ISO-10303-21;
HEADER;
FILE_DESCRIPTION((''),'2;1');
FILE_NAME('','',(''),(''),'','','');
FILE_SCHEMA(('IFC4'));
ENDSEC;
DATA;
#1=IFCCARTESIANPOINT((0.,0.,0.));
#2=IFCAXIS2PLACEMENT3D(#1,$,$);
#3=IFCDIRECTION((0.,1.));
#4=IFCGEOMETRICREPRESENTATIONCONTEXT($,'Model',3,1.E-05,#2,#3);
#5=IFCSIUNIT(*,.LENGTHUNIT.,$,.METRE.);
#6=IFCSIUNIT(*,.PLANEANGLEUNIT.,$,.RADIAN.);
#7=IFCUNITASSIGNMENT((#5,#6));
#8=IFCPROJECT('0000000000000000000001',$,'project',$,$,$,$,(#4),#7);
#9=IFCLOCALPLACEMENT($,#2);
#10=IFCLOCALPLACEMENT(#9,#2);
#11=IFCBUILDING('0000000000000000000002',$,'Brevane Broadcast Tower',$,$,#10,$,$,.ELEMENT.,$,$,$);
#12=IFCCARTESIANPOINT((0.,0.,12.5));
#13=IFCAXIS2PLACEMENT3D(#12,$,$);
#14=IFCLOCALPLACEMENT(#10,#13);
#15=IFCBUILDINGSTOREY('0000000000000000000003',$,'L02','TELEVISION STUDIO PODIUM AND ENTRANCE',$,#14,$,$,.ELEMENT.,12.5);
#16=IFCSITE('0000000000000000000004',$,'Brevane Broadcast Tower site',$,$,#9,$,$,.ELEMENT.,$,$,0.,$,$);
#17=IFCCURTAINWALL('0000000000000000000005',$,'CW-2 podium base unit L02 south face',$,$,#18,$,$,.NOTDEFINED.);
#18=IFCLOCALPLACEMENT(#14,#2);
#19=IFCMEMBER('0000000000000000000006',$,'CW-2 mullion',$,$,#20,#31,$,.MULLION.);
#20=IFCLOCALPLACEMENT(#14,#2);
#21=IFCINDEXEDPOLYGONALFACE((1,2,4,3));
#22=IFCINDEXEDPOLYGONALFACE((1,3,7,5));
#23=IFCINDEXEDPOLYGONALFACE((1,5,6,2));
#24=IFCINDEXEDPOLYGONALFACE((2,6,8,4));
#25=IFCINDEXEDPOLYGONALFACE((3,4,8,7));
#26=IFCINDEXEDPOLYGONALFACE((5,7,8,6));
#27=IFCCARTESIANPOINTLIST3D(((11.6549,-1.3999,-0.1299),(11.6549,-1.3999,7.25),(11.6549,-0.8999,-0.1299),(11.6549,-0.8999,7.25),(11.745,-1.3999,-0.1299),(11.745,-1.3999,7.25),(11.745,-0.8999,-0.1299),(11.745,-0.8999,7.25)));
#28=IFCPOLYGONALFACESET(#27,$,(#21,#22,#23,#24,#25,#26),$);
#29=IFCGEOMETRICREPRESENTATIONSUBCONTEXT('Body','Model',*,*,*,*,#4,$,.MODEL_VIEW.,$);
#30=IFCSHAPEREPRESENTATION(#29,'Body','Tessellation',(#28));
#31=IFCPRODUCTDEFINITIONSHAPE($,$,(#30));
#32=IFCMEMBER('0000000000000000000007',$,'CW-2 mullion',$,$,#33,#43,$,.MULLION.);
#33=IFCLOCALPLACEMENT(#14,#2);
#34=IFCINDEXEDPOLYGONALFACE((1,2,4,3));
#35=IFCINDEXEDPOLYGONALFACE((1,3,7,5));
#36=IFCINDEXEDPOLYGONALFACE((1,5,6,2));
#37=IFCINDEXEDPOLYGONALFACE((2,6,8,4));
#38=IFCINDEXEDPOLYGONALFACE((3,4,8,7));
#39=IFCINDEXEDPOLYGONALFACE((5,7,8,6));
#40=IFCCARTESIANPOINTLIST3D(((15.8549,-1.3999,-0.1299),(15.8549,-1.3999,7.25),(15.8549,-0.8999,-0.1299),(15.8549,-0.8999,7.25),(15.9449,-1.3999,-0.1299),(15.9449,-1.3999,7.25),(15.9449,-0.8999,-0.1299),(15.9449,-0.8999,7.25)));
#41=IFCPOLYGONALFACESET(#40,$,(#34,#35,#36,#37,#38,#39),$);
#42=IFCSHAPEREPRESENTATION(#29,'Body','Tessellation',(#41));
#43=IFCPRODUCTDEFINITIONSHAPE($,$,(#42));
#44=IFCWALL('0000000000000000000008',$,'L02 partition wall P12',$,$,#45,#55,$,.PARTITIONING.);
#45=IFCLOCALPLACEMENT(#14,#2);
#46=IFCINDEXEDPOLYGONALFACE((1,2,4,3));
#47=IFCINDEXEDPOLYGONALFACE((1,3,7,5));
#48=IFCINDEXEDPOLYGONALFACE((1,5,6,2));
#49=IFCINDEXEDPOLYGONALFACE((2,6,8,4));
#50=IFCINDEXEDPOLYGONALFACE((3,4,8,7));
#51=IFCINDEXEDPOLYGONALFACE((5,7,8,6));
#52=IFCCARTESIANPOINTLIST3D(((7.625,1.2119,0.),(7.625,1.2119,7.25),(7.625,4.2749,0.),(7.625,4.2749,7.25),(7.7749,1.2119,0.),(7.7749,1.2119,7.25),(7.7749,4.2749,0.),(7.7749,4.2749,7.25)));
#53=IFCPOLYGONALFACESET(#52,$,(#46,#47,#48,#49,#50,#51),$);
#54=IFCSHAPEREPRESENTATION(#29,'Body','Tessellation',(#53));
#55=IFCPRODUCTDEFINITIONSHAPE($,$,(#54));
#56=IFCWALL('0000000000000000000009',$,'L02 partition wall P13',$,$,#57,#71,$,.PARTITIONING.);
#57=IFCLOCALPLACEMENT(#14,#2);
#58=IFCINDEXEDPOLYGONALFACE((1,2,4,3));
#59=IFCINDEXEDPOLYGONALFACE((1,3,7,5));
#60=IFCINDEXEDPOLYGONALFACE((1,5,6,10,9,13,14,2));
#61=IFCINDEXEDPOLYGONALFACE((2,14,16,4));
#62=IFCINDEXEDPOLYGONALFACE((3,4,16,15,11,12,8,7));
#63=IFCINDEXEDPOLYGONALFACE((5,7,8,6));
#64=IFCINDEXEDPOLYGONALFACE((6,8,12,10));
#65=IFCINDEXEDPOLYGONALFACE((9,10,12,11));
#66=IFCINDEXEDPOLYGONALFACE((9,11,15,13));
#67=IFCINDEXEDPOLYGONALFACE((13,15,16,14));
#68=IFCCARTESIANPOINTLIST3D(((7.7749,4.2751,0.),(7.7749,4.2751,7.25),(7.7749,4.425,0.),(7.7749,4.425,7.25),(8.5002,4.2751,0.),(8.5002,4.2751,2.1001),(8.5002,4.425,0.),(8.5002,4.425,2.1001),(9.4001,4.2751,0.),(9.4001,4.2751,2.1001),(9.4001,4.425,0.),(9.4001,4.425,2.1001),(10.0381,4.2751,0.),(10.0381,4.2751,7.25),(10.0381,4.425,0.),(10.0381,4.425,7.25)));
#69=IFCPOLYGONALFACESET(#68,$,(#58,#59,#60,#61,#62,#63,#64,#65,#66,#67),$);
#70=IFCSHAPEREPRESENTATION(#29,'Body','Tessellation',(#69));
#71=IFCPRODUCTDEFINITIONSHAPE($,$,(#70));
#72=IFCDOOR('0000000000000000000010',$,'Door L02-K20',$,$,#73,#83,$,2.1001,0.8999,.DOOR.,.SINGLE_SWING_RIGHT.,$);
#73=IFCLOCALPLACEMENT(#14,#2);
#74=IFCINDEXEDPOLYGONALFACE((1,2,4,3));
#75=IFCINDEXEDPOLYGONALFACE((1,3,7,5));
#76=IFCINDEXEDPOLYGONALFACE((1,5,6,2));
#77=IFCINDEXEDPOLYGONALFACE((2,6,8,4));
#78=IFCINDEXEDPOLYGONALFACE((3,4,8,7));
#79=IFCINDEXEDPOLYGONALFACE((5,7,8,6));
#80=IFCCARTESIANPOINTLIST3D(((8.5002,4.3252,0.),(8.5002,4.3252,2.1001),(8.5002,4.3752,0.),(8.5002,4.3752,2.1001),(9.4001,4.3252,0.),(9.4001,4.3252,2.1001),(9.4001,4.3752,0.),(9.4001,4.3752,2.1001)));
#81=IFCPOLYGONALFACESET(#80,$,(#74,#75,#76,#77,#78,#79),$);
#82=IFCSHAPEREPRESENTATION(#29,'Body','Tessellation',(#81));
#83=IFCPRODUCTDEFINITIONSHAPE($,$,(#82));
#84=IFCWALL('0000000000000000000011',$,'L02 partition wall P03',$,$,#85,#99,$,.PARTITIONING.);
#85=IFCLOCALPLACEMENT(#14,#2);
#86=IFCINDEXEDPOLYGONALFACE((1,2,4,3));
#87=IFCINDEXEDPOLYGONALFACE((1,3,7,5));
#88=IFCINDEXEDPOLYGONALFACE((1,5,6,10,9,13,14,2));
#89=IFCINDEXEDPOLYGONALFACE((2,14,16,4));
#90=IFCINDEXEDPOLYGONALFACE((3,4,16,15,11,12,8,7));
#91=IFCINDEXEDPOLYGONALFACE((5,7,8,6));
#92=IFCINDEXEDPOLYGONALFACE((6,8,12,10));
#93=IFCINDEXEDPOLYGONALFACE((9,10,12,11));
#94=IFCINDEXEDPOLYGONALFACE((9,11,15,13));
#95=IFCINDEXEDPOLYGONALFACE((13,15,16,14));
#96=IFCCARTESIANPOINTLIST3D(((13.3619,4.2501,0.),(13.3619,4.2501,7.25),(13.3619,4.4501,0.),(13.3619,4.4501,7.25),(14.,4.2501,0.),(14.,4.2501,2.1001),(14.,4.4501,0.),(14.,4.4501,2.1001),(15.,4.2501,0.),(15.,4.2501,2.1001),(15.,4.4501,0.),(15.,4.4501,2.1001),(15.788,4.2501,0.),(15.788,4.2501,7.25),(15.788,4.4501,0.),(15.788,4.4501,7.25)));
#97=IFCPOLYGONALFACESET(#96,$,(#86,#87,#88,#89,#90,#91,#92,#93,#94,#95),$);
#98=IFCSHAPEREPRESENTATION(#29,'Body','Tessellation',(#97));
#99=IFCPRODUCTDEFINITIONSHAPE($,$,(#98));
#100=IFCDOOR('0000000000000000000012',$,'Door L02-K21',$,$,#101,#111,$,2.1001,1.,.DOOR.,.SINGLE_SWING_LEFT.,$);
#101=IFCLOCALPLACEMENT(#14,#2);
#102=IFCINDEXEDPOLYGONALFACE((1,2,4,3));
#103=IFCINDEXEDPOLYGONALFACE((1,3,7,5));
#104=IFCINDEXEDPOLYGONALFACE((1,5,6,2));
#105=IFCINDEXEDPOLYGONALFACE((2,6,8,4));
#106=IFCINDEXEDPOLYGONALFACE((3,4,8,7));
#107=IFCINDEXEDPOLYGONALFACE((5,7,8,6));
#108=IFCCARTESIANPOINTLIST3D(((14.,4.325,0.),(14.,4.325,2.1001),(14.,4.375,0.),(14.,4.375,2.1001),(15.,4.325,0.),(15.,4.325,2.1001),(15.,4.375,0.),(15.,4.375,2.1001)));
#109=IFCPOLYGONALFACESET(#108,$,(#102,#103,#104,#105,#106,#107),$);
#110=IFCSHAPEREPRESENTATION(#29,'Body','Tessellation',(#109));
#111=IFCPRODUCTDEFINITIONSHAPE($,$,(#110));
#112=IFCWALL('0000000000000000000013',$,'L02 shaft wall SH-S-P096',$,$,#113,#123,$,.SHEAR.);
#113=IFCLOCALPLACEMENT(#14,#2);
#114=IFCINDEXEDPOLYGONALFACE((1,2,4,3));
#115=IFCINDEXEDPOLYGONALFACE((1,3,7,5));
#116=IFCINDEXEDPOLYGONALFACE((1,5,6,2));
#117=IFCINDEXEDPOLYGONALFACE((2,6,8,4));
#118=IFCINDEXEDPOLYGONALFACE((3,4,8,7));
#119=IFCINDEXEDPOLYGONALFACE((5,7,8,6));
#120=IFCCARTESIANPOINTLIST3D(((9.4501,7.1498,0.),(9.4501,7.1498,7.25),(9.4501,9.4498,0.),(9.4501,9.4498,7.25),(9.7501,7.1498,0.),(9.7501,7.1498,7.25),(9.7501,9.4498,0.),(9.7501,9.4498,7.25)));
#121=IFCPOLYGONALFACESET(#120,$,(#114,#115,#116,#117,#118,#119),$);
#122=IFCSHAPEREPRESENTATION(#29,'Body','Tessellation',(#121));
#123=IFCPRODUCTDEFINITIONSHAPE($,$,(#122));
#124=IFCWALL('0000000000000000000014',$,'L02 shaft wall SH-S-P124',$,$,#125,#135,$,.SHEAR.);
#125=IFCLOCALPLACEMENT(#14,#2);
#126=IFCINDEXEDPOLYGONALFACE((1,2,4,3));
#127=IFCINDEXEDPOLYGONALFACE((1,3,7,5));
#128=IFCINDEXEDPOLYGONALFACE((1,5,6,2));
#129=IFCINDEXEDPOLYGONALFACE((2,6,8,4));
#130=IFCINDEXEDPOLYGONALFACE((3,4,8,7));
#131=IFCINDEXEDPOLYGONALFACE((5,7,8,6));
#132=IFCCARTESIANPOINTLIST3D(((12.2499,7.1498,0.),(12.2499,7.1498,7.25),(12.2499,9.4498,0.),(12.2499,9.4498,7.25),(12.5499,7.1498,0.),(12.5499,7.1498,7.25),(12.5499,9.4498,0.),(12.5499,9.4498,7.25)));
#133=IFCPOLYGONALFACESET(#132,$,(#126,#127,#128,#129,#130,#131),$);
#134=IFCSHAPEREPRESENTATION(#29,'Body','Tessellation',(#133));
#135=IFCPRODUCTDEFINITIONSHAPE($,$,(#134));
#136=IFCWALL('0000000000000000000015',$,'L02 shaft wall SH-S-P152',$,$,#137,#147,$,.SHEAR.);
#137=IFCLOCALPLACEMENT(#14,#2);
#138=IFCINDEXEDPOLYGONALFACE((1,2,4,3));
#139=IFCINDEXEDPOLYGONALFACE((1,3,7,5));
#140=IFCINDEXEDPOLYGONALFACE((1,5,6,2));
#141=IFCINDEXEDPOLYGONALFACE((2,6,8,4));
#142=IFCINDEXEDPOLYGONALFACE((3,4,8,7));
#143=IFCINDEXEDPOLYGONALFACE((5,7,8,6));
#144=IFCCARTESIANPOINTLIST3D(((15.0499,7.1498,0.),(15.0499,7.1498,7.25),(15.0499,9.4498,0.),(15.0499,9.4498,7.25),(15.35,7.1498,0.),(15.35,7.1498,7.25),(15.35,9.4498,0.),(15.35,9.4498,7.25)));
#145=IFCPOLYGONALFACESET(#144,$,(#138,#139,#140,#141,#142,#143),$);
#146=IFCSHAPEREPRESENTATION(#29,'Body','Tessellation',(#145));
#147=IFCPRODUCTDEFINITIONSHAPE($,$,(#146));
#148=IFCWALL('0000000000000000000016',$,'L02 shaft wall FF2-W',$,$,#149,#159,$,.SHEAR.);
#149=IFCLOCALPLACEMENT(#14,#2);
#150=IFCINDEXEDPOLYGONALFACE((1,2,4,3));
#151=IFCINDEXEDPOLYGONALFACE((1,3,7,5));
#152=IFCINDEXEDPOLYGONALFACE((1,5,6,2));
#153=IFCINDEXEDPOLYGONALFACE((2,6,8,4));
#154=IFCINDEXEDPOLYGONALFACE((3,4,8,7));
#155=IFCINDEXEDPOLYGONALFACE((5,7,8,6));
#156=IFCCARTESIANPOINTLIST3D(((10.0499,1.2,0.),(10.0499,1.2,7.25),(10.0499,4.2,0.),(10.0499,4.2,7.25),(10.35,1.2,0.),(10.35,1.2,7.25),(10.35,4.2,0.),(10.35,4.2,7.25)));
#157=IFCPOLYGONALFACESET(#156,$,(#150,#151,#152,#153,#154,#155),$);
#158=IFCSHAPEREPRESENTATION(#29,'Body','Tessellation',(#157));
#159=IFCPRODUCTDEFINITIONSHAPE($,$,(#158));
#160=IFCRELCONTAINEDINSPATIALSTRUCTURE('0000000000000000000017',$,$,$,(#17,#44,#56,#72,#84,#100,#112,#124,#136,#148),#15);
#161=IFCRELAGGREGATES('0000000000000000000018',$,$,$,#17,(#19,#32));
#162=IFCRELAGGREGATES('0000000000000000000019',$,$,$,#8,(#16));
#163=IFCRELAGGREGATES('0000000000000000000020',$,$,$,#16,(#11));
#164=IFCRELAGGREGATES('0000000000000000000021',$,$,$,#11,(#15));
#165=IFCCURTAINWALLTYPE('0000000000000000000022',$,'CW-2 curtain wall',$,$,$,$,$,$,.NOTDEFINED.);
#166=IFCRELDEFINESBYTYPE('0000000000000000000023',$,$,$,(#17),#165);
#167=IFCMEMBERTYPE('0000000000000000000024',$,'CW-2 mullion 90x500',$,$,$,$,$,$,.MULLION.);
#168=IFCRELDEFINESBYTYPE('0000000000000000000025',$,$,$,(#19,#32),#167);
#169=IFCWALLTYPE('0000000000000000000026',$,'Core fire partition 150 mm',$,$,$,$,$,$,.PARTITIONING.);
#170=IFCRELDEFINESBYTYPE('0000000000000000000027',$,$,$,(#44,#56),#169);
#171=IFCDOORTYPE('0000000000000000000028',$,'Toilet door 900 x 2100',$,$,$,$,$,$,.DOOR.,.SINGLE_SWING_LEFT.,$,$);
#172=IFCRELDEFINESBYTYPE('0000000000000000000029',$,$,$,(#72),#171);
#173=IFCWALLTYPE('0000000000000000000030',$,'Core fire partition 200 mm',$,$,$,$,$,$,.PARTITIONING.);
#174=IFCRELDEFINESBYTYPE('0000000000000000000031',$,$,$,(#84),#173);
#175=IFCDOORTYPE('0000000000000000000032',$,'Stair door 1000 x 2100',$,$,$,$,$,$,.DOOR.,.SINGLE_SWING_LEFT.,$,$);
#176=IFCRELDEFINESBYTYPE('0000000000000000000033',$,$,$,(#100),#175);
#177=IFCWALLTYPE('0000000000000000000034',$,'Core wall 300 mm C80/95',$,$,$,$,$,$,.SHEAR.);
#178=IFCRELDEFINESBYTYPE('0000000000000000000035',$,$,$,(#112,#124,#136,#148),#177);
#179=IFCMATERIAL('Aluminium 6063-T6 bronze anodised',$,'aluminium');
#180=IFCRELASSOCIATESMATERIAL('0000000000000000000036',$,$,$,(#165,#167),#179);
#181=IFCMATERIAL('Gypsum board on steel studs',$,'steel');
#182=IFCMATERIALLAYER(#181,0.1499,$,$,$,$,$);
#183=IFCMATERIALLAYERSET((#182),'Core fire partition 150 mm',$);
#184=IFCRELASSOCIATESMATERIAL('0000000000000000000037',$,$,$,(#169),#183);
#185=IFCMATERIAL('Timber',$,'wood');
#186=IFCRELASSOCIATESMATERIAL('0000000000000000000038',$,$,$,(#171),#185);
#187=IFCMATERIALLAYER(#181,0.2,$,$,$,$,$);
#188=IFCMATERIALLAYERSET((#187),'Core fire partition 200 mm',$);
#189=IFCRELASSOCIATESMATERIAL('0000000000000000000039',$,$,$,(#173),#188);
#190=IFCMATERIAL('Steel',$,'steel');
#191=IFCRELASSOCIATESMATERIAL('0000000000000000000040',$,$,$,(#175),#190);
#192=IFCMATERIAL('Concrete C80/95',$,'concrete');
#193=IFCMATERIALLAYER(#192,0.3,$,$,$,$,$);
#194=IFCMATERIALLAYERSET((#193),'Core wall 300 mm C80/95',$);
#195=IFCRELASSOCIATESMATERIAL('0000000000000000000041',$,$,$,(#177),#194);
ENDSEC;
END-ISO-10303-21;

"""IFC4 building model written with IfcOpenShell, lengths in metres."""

from ifc_helpers import new_model, si_unit, direction, frame, frame_2d, origin, origin_2d, place, context, subcontext, project, spatial, rectangle, extrude, material, layer, layer_set, material_profile, profile_set, type_object, element, fill, aggregate, save


model = new_model("IFC4")

# Units and contexts
model_context = context("Model", 3, precision=1e-05, world=origin(), true_north=direction((0.0, 1.0)))
body_context = subcontext(model_context, "Body", "Model", "MODEL_VIEW")
ifc_project = project(units=[si_unit("LENGTHUNIT", "METRE"), si_unit("PLANEANGLEUNIT", "RADIAN")], contexts=[model_context])

# Site, building, storey
site_placement = place(None, origin())
site = spatial("IfcSite", under=ifc_project, at=site_placement, Name="Brevane Broadcast Tower site", CompositionType="ELEMENT", RefElevation=0.0)
building_placement = place(site_placement, origin())
building = spatial("IfcBuilding", under=site, at=building_placement, Name="Brevane Broadcast Tower", CompositionType="ELEMENT")
storey_placement = place(building_placement, frame((0.0, 0.0, 12.5)))
storey = spatial("IfcBuildingStorey", under=building, at=storey_placement, Name="L02", Description="TELEVISION STUDIO PODIUM AND ENTRANCE", CompositionType="ELEMENT", Elevation=12.5)

# Curtain wall, members
ifc_material_1 = material(Name="Aluminium 6063-T6 bronze anodised", Category="aluminium")
curtain_wall_type = type_object("IfcCurtainWallType", Name="CW-2 curtain wall", PredefinedType="NOTDEFINED", material=ifc_material_1)
curtain_wall_placement = place(storey_placement, origin())
curtain_wall = element("IfcCurtainWall", 1, at=curtain_wall_placement, inside=storey, type_object=curtain_wall_type, Name="CW-2 podium base unit L02 south face", PredefinedType="NOTDEFINED")
ifc_material_profile = material_profile(ifc_material_1, rectangle(XDim=0.5, YDim=0.0901, at=origin_2d()), Name="RECT 90x500")
ifc_profile_set = profile_set([ifc_material_profile], Name="Aluminium 6063-T6 bronze anodised")
member_type = type_object("IfcMemberType", Name="CW-2 mullion 90x500", PredefinedType="MULLION", material=ifc_profile_set)
member_1_placement = place(storey_placement, frame((11.7, -1.1499, -0.1299), z_axis=(0.0, 0.0, 1.0), x_axis=(0.0, 1.0, 0.0)))
member_1 = element("IfcMember", 2, at=member_1_placement, type_object=member_type, Name="CW-2 mullion", PredefinedType="MULLION", context=body_context, shape_type="SweptSolid", body=[
    extrude(rectangle(XDim=0.5, YDim=0.0901, at=origin_2d()), origin(), (0.0, 0.0, 1.0), 7.3799),
])
member_2_placement = place(storey_placement, frame((15.8999, -1.1499, -0.1299), z_axis=(0.0, 0.0, 1.0), x_axis=(0.0, 1.0, 0.0)))
member_2 = element("IfcMember", 3, at=member_2_placement, type_object=member_type, Name="CW-2 mullion", PredefinedType="MULLION", context=body_context, shape_type="SweptSolid", body=[
    extrude(rectangle(XDim=0.5, YDim=0.0901, at=origin_2d()), origin(), (0.0, 0.0, 1.0), 7.3799),
])
aggregate(curtain_wall, [member_1, member_2])

# Wall
ifc_material_2 = material(Name="Gypsum board on steel studs", Category="steel")
ifc_layer_1 = layer(ifc_material_2, 0.1499)
ifc_layer_set_1 = layer_set([ifc_layer_1], Name="Core fire partition 150 mm")
wall_type_1 = type_object("IfcWallType", Name="Core fire partition 150 mm", PredefinedType="PARTITIONING", material=ifc_layer_set_1)
wall_1_placement = place(storey_placement, frame((7.7, 4.2749, 0.0), z_axis=(0.0, 0.0, 1.0), x_axis=(0.0, -1.0, 0.0)))
element("IfcWall", 4, at=wall_1_placement, inside=storey, type_object=wall_type_1, Name="L02 partition wall P12", PredefinedType="PARTITIONING", context=body_context, shape_type="SweptSolid", body=[
    extrude(rectangle(XDim=3.063, YDim=0.1499, at=frame_2d((1.5315, 0.0))), origin(), (0.0, 0.0, 1.0), 7.25),
])

# Walls, openings, doors
wall_2_placement = place(storey_placement, frame((10.0381, 4.3501, 0.0), z_axis=(0.0, 0.0, 1.0), x_axis=(-1.0, 0.0, 0.0)))
wall_2 = element("IfcWall", 5, at=wall_2_placement, inside=storey, type_object=wall_type_1, Name="L02 partition wall P13", PredefinedType="PARTITIONING", context=body_context, shape_type="SweptSolid", body=[
    extrude(rectangle(XDim=2.2632, YDim=0.1499, at=frame_2d((1.1316, 0.0))), origin(), (0.0, 0.0, 1.0), 7.25),
])
opening_1_placement = place(wall_2_placement, frame((0.6379, 0.0, 0.0)))
opening_1 = element("IfcOpeningElement", 6, at=opening_1_placement, cuts=wall_2, PredefinedType="OPENING", context=body_context, shape_type="SweptSolid", body=[
    extrude(rectangle(XDim=0.8999, YDim=2.1001, at=frame_2d((0.45, 1.05))), frame((0.0, 0.085, 0.0), z_axis=(0.0, -1.0, 0.0), x_axis=(1.0, 0.0, 0.0)), (0.0, 0.0, 1.0), 0.1699),
])
ifc_material_3 = material(Name="Timber", Category="wood")
door_type_1 = type_object("IfcDoorType", Name="Toilet door 900 x 2100", OperationType="SINGLE_SWING_LEFT", PredefinedType="DOOR", material=ifc_material_3)
door_1_placement = place(opening_1_placement, origin())
door_1 = element("IfcDoor", 7, at=door_1_placement, inside=storey, type_object=door_type_1, Name="Door L02-K20", OperationType="SINGLE_SWING_RIGHT", OverallHeight=2.1001, OverallWidth=0.8999, PredefinedType="DOOR", context=body_context, shape_type="SweptSolid", body=[
    extrude(rectangle(XDim=0.8999, YDim=2.1001, at=frame_2d((0.45, 1.05))), frame((0.0, 0.0249, 0.0), z_axis=(0.0, -1.0, 0.0), x_axis=(1.0, 0.0, 0.0)), (0.0, 0.0, 1.0), 0.05),
])
fill(opening_1, door_1)
ifc_layer_2 = layer(ifc_material_2, 0.2)
ifc_layer_set_2 = layer_set([ifc_layer_2], Name="Core fire partition 200 mm")
wall_type_2 = type_object("IfcWallType", Name="Core fire partition 200 mm", PredefinedType="PARTITIONING", material=ifc_layer_set_2)
wall_3_placement = place(storey_placement, frame((13.3621, 4.3501, 0.0), z_axis=(0.0, 0.0, 1.0), x_axis=(1.0, 0.0, 0.0)))
wall_3 = element("IfcWall", 8, at=wall_3_placement, inside=storey, type_object=wall_type_2, Name="L02 partition wall P03", PredefinedType="PARTITIONING", context=body_context, shape_type="SweptSolid", body=[
    extrude(rectangle(XDim=2.426, YDim=0.2, at=frame_2d((1.2129, 0.0))), origin(), (0.0, 0.0, 1.0), 7.25),
])
opening_2_placement = place(wall_3_placement, frame((0.6379, 0.0, 0.0)))
opening_2 = element("IfcOpeningElement", 9, at=opening_2_placement, cuts=wall_3, PredefinedType="OPENING", context=body_context, shape_type="SweptSolid", body=[
    extrude(rectangle(XDim=1.0, YDim=2.1001, at=frame_2d((0.5, 1.05))), frame((0.0, 0.1099, 0.0), z_axis=(0.0, -1.0, 0.0), x_axis=(1.0, 0.0, 0.0)), (0.0, 0.0, 1.0), 0.22),
])
ifc_material_4 = material(Name="Steel", Category="steel")
door_type_2 = type_object("IfcDoorType", Name="Stair door 1000 x 2100", OperationType="SINGLE_SWING_LEFT", PredefinedType="DOOR", material=ifc_material_4)
door_2_placement = place(opening_2_placement, origin())
door_2 = element("IfcDoor", 10, at=door_2_placement, inside=storey, type_object=door_type_2, Name="Door L02-K21", OperationType="SINGLE_SWING_LEFT", OverallHeight=2.1001, OverallWidth=1.0, PredefinedType="DOOR", context=body_context, shape_type="SweptSolid", body=[
    extrude(rectangle(XDim=1.0, YDim=2.1001, at=frame_2d((0.5, 1.05))), frame((0.0, 0.0249, 0.0), z_axis=(0.0, -1.0, 0.0), x_axis=(1.0, 0.0, 0.0)), (0.0, 0.0, 1.0), 0.05),
])
fill(opening_2, door_2)

# Walls
ifc_material_5 = material(Name="Concrete C80/95", Category="concrete")
ifc_layer_3 = layer(ifc_material_5, 0.3)
ifc_layer_set_3 = layer_set([ifc_layer_3], Name="Core wall 300 mm C80/95")
wall_type_3 = type_object("IfcWallType", Name="Core wall 300 mm C80/95", PredefinedType="SHEAR", material=ifc_layer_set_3)
for number, where, z_axis, x_axis, name in (
    (11, (9.6001, 7.1499, 0.0), (0.0, 0.0, 1.0), (0.0, 1.0, 0.0), "L02 shaft wall SH-S-P096"),
    (12, (12.3999, 7.1499, 0.0), (0.0, 0.0, 1.0), (0.0, 1.0, 0.0), "L02 shaft wall SH-S-P124"),
    (13, (15.2, 7.1499, 0.0), (0.0, 0.0, 1.0), (0.0, 1.0, 0.0), "L02 shaft wall SH-S-P152"),
):
    element("IfcWall", number, at=place(storey_placement, frame(where, z_axis=z_axis, x_axis=x_axis)), inside=storey, type_object=wall_type_3, Name=name, PredefinedType="SHEAR", context=body_context, shape_type="SweptSolid", body=[
        extrude(rectangle(XDim=2.3, YDim=0.3, at=frame_2d((1.1499, 0.0))), origin(), (0.0, 0.0, 1.0), 7.25),
    ])
wall_4_placement = place(storey_placement, frame((10.2, 1.2, 0.0), z_axis=(0.0, 0.0, 1.0), x_axis=(0.0, 1.0, 0.0)))
element("IfcWall", 14, at=wall_4_placement, inside=storey, type_object=wall_type_3, Name="L02 shaft wall FF2-W", PredefinedType="SHEAR", context=body_context, shape_type="SweptSolid", body=[
    extrude(rectangle(XDim=3.0, YDim=0.3, at=frame_2d((1.5, 0.0))), origin(), (0.0, 0.0, 1.0), 7.25),
])

save(model, "model.ifc")
